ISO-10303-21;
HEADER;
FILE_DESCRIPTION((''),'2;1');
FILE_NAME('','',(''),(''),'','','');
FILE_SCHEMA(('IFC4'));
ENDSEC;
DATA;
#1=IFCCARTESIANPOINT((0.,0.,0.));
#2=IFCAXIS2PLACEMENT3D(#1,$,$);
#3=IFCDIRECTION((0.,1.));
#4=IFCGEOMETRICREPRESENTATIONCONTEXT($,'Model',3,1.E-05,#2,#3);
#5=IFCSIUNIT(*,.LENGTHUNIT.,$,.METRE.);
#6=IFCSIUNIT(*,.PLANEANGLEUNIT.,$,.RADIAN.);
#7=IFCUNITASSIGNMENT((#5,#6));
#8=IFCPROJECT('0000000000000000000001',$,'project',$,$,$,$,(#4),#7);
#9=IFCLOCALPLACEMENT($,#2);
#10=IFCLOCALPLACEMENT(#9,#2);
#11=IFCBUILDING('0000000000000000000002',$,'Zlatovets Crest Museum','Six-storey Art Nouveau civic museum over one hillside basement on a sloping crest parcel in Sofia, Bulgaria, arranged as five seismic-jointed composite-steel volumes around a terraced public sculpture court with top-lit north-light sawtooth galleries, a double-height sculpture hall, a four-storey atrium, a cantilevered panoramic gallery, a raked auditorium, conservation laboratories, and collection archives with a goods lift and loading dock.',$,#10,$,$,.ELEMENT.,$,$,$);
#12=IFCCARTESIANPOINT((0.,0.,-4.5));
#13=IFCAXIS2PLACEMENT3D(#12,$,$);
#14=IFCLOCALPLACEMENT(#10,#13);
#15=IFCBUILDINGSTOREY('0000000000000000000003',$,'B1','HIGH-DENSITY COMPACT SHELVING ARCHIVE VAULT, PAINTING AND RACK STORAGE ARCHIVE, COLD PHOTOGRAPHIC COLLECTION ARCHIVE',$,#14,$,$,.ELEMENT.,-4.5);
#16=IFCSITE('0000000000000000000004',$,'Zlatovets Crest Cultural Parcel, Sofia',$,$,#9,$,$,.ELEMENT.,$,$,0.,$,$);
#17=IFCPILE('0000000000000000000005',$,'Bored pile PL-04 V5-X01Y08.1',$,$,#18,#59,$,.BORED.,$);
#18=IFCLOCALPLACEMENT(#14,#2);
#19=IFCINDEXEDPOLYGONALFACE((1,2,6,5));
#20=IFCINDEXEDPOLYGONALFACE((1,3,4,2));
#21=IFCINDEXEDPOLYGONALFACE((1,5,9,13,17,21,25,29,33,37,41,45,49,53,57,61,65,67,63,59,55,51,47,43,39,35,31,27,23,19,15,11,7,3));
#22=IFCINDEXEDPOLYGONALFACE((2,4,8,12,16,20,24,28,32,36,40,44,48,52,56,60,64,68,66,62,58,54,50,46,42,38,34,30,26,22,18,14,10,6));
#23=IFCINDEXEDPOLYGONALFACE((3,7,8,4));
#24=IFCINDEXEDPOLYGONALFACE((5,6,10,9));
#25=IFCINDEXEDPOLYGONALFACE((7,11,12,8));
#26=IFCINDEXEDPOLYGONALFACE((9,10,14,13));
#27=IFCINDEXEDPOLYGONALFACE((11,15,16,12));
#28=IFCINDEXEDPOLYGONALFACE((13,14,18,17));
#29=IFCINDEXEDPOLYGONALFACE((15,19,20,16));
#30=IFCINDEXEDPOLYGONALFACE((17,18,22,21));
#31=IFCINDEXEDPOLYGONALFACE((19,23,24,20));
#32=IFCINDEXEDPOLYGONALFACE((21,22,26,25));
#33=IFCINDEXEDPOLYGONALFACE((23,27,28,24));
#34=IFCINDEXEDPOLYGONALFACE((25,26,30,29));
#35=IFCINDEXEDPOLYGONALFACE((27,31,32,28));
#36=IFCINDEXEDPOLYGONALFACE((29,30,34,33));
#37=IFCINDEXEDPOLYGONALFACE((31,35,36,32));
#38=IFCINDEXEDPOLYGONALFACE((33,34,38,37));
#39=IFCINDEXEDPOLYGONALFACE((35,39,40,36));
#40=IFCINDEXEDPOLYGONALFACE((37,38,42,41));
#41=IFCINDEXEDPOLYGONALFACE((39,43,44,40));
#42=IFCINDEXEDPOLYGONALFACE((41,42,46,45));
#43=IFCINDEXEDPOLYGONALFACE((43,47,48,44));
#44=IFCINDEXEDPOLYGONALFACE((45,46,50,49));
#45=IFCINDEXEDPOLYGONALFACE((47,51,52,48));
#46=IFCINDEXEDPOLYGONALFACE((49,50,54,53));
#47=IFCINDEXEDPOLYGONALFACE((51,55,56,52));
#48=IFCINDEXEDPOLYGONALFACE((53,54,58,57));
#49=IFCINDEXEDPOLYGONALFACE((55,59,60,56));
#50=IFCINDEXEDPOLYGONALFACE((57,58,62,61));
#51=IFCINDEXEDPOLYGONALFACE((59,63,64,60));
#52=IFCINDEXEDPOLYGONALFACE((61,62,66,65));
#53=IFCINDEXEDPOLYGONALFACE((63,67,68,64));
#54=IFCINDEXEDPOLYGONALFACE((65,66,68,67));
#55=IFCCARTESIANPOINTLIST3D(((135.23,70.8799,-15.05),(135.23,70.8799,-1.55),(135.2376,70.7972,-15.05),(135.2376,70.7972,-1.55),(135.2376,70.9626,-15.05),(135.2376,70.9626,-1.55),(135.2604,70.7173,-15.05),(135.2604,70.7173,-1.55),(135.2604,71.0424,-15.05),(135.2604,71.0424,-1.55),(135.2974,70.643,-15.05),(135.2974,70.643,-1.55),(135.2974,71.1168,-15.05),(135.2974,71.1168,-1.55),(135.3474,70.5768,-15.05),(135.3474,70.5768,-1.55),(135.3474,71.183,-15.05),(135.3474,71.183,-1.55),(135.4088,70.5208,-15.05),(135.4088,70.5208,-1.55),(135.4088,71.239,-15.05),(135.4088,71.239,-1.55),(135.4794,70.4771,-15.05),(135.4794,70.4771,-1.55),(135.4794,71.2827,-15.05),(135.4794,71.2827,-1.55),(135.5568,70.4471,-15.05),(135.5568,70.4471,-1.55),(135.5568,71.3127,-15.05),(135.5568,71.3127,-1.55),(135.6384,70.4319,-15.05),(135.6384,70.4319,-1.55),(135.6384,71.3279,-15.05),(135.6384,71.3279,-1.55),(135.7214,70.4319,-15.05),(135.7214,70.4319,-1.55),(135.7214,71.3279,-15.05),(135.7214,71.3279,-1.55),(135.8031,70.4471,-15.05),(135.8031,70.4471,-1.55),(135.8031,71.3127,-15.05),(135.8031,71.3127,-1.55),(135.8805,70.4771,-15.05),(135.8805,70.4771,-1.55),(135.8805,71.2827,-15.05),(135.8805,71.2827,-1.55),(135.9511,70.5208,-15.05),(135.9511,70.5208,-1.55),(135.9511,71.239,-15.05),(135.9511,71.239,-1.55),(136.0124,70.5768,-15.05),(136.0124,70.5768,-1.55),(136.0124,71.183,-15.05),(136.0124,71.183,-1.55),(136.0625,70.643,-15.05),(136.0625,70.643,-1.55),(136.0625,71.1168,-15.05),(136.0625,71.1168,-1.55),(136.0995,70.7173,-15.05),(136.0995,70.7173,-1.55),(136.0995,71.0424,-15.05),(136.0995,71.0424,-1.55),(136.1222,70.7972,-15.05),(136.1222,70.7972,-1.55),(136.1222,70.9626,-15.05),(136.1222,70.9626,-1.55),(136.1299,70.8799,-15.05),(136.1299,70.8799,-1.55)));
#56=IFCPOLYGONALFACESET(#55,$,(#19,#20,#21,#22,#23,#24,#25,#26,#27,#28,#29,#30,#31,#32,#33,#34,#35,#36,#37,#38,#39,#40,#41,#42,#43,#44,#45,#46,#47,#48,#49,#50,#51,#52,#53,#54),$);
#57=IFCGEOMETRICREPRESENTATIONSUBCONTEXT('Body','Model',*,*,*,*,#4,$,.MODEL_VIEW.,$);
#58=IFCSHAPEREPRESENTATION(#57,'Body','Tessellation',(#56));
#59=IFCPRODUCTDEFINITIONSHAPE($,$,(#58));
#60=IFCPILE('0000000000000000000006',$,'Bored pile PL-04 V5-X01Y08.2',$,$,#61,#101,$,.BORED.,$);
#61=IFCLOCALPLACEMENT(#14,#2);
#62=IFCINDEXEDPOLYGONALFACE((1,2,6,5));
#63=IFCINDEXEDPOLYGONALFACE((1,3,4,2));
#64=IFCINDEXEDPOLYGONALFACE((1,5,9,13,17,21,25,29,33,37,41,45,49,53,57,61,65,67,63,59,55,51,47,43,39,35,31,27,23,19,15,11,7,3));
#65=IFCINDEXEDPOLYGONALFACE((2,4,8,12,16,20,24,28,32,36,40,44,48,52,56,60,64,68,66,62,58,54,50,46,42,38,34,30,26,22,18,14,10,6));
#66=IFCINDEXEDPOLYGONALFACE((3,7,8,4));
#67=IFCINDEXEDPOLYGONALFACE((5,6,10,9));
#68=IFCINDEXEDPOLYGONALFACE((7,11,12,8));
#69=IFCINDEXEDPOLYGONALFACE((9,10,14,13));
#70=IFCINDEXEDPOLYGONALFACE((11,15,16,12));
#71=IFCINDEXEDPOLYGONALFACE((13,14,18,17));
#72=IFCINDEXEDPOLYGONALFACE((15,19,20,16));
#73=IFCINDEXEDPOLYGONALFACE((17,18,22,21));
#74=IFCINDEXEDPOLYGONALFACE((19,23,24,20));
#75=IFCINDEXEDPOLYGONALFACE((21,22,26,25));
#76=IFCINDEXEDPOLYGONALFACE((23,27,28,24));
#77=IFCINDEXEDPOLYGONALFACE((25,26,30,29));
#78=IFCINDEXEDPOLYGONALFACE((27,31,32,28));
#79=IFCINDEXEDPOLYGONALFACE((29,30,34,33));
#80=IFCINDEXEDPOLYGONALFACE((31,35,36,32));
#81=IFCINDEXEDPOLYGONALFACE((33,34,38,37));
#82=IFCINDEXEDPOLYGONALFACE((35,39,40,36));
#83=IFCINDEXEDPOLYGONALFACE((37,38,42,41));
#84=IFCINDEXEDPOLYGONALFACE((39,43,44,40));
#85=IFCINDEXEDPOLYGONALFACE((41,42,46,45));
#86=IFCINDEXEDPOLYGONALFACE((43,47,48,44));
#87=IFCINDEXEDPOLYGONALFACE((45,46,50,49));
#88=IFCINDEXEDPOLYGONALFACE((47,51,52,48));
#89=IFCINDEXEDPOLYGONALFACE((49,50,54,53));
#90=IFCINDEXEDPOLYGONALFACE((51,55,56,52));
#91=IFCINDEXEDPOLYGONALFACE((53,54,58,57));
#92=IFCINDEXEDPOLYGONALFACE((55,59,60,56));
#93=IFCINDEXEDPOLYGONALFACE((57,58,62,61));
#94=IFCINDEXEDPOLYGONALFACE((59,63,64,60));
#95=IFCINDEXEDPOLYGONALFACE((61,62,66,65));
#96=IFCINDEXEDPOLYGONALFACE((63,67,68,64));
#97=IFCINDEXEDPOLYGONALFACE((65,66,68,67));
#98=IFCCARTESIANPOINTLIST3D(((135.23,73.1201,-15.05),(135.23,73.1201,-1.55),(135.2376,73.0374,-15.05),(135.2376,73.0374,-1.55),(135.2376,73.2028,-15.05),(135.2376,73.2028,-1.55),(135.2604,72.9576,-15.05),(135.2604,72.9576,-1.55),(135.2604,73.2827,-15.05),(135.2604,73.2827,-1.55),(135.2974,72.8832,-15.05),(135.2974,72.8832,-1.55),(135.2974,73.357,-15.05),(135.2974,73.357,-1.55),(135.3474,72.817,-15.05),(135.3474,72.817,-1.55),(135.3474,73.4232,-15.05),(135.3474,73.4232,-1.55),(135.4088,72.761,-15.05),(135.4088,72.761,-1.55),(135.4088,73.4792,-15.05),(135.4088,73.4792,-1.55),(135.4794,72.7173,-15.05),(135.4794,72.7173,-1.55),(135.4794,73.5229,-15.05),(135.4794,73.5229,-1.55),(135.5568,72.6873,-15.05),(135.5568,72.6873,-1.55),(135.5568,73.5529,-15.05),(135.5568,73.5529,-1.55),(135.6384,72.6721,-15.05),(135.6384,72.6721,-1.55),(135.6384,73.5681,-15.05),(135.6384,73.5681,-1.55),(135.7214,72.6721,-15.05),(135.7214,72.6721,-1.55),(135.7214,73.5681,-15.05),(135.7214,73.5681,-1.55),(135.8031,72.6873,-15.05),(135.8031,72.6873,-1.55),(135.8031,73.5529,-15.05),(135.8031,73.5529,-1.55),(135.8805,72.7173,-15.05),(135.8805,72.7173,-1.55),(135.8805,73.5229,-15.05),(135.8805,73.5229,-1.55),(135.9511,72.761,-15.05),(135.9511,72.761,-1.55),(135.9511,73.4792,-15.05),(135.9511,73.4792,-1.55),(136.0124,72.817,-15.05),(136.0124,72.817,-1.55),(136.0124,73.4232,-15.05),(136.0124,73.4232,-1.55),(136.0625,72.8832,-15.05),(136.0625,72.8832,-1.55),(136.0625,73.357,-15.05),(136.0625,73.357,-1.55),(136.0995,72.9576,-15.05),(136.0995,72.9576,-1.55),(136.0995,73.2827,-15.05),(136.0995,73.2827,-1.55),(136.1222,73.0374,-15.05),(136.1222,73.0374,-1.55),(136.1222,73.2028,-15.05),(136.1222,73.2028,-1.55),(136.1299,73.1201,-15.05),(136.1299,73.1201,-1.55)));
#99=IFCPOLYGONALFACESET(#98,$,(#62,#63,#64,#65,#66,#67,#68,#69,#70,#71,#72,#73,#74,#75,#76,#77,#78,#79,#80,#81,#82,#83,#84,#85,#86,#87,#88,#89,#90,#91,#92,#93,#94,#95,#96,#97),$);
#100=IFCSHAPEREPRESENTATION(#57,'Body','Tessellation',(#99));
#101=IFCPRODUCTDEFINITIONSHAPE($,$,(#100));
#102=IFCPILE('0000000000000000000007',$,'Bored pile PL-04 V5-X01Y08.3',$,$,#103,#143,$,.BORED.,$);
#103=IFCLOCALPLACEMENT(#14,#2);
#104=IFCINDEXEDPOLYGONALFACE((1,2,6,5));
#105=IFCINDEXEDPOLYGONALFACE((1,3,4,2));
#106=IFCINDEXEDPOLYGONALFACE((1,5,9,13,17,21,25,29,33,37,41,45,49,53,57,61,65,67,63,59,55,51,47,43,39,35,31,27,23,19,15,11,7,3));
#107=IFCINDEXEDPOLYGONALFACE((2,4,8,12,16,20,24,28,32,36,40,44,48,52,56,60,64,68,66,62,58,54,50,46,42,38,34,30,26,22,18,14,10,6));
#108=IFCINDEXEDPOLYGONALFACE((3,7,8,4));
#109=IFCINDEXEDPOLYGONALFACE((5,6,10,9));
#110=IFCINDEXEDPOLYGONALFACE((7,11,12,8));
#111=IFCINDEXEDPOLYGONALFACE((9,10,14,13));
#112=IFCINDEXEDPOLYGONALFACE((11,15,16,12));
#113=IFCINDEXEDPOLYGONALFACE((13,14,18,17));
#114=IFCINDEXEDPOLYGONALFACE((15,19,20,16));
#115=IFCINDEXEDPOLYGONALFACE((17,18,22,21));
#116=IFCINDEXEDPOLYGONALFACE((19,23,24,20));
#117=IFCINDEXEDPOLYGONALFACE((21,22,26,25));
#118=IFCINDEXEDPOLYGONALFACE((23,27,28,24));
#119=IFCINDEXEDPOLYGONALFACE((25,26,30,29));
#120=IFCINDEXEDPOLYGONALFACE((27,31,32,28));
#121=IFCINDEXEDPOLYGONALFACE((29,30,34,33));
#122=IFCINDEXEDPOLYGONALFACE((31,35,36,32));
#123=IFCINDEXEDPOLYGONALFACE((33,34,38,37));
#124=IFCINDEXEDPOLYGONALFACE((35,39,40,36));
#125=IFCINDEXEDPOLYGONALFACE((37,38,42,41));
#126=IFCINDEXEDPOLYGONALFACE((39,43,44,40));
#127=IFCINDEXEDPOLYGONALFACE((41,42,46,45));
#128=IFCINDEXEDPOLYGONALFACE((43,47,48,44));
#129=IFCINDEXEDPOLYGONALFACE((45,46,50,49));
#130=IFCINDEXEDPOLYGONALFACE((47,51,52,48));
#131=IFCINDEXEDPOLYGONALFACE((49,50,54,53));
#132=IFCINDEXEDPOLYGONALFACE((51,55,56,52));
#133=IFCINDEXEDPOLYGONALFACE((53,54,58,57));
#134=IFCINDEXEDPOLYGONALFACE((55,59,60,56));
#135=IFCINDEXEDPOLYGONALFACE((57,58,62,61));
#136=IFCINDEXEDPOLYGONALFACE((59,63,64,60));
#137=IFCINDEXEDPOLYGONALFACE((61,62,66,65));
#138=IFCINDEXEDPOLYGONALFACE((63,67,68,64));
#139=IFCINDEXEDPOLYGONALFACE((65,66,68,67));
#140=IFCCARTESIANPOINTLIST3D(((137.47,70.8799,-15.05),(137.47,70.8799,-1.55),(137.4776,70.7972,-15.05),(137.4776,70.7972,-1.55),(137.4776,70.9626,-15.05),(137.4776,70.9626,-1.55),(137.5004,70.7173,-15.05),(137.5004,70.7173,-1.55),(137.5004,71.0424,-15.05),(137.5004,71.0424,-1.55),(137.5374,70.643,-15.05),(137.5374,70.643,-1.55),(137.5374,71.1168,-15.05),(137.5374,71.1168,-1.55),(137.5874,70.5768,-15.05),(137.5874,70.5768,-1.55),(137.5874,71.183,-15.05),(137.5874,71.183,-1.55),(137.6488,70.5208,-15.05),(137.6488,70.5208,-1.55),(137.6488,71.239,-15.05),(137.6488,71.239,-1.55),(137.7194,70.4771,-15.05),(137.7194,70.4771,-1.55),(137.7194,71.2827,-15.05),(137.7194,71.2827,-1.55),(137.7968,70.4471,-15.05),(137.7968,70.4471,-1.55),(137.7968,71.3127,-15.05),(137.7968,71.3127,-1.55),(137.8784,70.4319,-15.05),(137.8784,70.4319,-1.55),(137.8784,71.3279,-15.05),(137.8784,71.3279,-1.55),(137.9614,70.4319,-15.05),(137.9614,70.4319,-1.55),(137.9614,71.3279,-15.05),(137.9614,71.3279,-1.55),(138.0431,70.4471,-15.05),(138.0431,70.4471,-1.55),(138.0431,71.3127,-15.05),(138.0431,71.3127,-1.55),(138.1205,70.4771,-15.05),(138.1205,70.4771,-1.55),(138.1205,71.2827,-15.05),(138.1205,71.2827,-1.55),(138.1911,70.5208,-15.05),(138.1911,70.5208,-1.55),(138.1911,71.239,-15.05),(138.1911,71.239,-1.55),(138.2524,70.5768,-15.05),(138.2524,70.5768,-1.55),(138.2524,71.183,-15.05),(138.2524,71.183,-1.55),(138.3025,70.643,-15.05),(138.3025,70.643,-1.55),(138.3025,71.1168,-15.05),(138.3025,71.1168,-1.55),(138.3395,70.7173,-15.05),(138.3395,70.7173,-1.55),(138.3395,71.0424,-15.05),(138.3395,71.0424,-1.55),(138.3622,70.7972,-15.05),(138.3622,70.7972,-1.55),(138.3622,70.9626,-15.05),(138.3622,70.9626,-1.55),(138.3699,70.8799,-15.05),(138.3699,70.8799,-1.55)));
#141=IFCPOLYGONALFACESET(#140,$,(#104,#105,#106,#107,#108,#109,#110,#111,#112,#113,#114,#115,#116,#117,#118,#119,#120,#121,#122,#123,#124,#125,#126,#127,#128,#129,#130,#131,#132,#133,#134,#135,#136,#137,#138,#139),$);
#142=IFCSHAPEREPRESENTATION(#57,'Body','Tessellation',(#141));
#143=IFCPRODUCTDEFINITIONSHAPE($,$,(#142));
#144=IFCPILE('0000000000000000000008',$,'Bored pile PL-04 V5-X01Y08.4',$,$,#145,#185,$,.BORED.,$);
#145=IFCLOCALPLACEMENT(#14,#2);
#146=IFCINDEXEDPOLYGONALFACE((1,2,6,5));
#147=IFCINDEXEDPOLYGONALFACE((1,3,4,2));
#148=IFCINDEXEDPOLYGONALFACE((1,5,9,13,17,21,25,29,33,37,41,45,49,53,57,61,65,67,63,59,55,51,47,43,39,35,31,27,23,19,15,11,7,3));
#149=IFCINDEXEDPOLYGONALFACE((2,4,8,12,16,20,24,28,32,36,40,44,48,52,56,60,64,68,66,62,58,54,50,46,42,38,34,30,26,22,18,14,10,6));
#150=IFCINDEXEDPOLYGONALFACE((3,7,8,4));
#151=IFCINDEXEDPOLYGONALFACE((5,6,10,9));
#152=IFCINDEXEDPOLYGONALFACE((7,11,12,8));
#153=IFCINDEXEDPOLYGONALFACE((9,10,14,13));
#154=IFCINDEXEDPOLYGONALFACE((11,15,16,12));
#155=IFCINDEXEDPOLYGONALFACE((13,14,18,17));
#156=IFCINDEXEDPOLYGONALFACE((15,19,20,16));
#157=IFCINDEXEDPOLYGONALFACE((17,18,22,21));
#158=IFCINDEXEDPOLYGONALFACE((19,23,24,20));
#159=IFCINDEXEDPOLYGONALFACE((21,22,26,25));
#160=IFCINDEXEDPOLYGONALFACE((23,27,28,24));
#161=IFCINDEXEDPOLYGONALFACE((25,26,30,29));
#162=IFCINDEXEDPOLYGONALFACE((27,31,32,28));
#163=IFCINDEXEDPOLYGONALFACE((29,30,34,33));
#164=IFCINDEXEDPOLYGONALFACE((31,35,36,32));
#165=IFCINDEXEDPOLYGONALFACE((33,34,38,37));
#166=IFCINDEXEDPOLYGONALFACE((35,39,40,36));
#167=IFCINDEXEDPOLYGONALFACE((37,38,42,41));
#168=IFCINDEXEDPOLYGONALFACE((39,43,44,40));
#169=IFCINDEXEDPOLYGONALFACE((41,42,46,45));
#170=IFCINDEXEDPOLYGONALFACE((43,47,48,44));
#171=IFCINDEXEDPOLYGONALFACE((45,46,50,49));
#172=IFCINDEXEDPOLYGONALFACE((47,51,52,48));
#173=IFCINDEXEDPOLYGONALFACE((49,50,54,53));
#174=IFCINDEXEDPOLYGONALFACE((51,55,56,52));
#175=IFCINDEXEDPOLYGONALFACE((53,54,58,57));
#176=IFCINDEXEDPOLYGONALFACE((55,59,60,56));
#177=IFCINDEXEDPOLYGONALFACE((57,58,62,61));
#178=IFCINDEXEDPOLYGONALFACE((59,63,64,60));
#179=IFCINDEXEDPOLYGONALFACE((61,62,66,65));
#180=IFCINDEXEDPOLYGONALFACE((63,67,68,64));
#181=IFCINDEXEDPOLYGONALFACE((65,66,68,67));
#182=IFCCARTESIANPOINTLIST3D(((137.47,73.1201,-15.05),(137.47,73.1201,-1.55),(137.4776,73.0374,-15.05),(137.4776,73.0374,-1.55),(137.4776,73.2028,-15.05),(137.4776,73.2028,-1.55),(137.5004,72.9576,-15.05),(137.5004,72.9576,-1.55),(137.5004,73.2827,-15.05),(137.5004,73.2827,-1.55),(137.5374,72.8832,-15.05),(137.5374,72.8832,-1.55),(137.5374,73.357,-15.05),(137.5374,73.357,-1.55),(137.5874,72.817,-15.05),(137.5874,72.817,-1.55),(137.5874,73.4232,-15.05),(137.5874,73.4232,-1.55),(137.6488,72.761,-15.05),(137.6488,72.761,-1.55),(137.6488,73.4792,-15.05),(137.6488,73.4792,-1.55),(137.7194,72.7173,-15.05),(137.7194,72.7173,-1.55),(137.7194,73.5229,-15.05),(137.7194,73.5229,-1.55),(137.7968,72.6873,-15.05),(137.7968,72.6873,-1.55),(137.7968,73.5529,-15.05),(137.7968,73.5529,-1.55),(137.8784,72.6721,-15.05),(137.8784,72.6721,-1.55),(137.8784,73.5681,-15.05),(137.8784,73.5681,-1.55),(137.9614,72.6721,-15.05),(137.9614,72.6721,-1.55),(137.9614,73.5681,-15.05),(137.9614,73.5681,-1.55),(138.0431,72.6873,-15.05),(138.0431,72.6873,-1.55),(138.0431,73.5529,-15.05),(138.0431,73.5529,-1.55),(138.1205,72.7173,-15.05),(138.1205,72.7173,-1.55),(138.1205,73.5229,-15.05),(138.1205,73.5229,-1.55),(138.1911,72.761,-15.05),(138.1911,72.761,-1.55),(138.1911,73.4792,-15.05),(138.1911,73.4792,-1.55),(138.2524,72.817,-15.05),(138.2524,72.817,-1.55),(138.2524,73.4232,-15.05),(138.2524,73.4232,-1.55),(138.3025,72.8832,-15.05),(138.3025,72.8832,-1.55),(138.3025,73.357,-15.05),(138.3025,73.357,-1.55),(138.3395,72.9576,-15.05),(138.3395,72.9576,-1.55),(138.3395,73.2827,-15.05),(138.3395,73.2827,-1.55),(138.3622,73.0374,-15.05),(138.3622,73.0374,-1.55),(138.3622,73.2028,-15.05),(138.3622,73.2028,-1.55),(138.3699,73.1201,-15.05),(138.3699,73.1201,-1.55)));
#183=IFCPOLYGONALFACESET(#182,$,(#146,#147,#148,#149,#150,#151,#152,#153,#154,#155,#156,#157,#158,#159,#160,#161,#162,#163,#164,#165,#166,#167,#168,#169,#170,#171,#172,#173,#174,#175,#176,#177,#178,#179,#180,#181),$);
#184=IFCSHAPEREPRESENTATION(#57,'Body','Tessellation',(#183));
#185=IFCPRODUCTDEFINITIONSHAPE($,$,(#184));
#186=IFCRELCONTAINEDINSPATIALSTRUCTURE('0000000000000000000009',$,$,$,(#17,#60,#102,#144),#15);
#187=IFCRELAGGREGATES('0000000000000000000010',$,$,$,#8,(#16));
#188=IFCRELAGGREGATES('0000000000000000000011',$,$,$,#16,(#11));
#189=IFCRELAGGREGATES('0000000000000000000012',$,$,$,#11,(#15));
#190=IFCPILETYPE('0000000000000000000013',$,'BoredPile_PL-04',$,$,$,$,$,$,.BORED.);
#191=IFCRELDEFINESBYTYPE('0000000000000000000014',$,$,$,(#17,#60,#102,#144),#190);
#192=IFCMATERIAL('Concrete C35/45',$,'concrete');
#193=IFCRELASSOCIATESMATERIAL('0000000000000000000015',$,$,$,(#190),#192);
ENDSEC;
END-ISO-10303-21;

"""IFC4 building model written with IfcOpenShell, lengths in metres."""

from ifc_helpers import new_model, si_unit, direction, frame, origin, origin_2d, place, context, subcontext, project, spatial, circle, extrude, material, material_profile, profile_set, type_object, element, save


model = new_model("IFC4")

# Units and contexts
model_context = context("Model", 3, precision=1e-05, world=origin(), true_north=direction((0.0, 1.0)))
body_context = subcontext(model_context, "Body", "Model", "MODEL_VIEW")
ifc_project = project(units=[si_unit("LENGTHUNIT", "METRE"), si_unit("PLANEANGLEUNIT", "RADIAN")], contexts=[model_context])

# Site, building, storey
site_placement = place(None, origin())
site = spatial("IfcSite", under=ifc_project, at=site_placement, Name="Zlatovets Crest Cultural Parcel, Sofia", CompositionType="ELEMENT", RefElevation=0.0)
building_placement = place(site_placement, origin())
building = spatial("IfcBuilding", under=site, at=building_placement, Name="Zlatovets Crest Museum", Description="Six-storey Art Nouveau civic museum over one hillside basement on a sloping crest parcel in Sofia, Bulgaria, arranged as five seismic-jointed composite-steel volumes around a terraced public sculpture court with top-lit north-light sawtooth galleries, a double-height sculpture hall, a four-storey atrium, a cantilevered panoramic gallery, a raked auditorium, conservation laboratories, and collection archives with a goods lift and loading dock.", CompositionType="ELEMENT")
storey_placement = place(building_placement, frame((0.0, 0.0, -4.5)))
storey = spatial("IfcBuildingStorey", under=building, at=storey_placement, Name="B1", Description="HIGH-DENSITY COMPACT SHELVING ARCHIVE VAULT, PAINTING AND RACK STORAGE ARCHIVE, COLD PHOTOGRAPHIC COLLECTION ARCHIVE", CompositionType="ELEMENT", Elevation=-4.5)

# Piles
ifc_material_1 = material(Name="Concrete C35/45", Category="concrete")
ifc_material_profile_1 = material_profile(ifc_material_1, circle(Radius=0.45, at=origin_2d()), Name="PILE D900")
ifc_profile_set_1 = profile_set([ifc_material_profile_1], Name="Concrete C35/45")
pile_type = type_object("IfcPileType", Name="BoredPile_PL-04", PredefinedType="BORED", material=ifc_profile_set_1)
for number, where, z_axis, x_axis, name in (
    (1, (135.6799, 70.8799, -1.55), (0.0, 0.0, -1.0), (1.0, 0.0, 0.0), "Bored pile PL-04 V5-X01Y08.1"),
    (2, (135.6799, 73.1201, -1.55), (0.0, 0.0, -1.0), (1.0, 0.0, 0.0), "Bored pile PL-04 V5-X01Y08.2"),
    (3, (137.9199, 70.8799, -1.55), (0.0, 0.0, -1.0), (1.0, 0.0, 0.0), "Bored pile PL-04 V5-X01Y08.3"),
    (4, (137.9199, 73.1201, -1.55), (0.0, 0.0, -1.0), (1.0, 0.0, 0.0), "Bored pile PL-04 V5-X01Y08.4"),
):
    element("IfcPile", number, at=place(storey_placement, frame(where, z_axis=z_axis, x_axis=x_axis)), inside=storey, type_object=pile_type, Name=name, PredefinedType="BORED", context=body_context, shape_type="SweptSolid", body=[
        extrude(circle(Radius=0.45, at=origin_2d()), origin(), (0.0, 0.0, 1.0), 13.5),
    ])

save(model, "model.ifc")
